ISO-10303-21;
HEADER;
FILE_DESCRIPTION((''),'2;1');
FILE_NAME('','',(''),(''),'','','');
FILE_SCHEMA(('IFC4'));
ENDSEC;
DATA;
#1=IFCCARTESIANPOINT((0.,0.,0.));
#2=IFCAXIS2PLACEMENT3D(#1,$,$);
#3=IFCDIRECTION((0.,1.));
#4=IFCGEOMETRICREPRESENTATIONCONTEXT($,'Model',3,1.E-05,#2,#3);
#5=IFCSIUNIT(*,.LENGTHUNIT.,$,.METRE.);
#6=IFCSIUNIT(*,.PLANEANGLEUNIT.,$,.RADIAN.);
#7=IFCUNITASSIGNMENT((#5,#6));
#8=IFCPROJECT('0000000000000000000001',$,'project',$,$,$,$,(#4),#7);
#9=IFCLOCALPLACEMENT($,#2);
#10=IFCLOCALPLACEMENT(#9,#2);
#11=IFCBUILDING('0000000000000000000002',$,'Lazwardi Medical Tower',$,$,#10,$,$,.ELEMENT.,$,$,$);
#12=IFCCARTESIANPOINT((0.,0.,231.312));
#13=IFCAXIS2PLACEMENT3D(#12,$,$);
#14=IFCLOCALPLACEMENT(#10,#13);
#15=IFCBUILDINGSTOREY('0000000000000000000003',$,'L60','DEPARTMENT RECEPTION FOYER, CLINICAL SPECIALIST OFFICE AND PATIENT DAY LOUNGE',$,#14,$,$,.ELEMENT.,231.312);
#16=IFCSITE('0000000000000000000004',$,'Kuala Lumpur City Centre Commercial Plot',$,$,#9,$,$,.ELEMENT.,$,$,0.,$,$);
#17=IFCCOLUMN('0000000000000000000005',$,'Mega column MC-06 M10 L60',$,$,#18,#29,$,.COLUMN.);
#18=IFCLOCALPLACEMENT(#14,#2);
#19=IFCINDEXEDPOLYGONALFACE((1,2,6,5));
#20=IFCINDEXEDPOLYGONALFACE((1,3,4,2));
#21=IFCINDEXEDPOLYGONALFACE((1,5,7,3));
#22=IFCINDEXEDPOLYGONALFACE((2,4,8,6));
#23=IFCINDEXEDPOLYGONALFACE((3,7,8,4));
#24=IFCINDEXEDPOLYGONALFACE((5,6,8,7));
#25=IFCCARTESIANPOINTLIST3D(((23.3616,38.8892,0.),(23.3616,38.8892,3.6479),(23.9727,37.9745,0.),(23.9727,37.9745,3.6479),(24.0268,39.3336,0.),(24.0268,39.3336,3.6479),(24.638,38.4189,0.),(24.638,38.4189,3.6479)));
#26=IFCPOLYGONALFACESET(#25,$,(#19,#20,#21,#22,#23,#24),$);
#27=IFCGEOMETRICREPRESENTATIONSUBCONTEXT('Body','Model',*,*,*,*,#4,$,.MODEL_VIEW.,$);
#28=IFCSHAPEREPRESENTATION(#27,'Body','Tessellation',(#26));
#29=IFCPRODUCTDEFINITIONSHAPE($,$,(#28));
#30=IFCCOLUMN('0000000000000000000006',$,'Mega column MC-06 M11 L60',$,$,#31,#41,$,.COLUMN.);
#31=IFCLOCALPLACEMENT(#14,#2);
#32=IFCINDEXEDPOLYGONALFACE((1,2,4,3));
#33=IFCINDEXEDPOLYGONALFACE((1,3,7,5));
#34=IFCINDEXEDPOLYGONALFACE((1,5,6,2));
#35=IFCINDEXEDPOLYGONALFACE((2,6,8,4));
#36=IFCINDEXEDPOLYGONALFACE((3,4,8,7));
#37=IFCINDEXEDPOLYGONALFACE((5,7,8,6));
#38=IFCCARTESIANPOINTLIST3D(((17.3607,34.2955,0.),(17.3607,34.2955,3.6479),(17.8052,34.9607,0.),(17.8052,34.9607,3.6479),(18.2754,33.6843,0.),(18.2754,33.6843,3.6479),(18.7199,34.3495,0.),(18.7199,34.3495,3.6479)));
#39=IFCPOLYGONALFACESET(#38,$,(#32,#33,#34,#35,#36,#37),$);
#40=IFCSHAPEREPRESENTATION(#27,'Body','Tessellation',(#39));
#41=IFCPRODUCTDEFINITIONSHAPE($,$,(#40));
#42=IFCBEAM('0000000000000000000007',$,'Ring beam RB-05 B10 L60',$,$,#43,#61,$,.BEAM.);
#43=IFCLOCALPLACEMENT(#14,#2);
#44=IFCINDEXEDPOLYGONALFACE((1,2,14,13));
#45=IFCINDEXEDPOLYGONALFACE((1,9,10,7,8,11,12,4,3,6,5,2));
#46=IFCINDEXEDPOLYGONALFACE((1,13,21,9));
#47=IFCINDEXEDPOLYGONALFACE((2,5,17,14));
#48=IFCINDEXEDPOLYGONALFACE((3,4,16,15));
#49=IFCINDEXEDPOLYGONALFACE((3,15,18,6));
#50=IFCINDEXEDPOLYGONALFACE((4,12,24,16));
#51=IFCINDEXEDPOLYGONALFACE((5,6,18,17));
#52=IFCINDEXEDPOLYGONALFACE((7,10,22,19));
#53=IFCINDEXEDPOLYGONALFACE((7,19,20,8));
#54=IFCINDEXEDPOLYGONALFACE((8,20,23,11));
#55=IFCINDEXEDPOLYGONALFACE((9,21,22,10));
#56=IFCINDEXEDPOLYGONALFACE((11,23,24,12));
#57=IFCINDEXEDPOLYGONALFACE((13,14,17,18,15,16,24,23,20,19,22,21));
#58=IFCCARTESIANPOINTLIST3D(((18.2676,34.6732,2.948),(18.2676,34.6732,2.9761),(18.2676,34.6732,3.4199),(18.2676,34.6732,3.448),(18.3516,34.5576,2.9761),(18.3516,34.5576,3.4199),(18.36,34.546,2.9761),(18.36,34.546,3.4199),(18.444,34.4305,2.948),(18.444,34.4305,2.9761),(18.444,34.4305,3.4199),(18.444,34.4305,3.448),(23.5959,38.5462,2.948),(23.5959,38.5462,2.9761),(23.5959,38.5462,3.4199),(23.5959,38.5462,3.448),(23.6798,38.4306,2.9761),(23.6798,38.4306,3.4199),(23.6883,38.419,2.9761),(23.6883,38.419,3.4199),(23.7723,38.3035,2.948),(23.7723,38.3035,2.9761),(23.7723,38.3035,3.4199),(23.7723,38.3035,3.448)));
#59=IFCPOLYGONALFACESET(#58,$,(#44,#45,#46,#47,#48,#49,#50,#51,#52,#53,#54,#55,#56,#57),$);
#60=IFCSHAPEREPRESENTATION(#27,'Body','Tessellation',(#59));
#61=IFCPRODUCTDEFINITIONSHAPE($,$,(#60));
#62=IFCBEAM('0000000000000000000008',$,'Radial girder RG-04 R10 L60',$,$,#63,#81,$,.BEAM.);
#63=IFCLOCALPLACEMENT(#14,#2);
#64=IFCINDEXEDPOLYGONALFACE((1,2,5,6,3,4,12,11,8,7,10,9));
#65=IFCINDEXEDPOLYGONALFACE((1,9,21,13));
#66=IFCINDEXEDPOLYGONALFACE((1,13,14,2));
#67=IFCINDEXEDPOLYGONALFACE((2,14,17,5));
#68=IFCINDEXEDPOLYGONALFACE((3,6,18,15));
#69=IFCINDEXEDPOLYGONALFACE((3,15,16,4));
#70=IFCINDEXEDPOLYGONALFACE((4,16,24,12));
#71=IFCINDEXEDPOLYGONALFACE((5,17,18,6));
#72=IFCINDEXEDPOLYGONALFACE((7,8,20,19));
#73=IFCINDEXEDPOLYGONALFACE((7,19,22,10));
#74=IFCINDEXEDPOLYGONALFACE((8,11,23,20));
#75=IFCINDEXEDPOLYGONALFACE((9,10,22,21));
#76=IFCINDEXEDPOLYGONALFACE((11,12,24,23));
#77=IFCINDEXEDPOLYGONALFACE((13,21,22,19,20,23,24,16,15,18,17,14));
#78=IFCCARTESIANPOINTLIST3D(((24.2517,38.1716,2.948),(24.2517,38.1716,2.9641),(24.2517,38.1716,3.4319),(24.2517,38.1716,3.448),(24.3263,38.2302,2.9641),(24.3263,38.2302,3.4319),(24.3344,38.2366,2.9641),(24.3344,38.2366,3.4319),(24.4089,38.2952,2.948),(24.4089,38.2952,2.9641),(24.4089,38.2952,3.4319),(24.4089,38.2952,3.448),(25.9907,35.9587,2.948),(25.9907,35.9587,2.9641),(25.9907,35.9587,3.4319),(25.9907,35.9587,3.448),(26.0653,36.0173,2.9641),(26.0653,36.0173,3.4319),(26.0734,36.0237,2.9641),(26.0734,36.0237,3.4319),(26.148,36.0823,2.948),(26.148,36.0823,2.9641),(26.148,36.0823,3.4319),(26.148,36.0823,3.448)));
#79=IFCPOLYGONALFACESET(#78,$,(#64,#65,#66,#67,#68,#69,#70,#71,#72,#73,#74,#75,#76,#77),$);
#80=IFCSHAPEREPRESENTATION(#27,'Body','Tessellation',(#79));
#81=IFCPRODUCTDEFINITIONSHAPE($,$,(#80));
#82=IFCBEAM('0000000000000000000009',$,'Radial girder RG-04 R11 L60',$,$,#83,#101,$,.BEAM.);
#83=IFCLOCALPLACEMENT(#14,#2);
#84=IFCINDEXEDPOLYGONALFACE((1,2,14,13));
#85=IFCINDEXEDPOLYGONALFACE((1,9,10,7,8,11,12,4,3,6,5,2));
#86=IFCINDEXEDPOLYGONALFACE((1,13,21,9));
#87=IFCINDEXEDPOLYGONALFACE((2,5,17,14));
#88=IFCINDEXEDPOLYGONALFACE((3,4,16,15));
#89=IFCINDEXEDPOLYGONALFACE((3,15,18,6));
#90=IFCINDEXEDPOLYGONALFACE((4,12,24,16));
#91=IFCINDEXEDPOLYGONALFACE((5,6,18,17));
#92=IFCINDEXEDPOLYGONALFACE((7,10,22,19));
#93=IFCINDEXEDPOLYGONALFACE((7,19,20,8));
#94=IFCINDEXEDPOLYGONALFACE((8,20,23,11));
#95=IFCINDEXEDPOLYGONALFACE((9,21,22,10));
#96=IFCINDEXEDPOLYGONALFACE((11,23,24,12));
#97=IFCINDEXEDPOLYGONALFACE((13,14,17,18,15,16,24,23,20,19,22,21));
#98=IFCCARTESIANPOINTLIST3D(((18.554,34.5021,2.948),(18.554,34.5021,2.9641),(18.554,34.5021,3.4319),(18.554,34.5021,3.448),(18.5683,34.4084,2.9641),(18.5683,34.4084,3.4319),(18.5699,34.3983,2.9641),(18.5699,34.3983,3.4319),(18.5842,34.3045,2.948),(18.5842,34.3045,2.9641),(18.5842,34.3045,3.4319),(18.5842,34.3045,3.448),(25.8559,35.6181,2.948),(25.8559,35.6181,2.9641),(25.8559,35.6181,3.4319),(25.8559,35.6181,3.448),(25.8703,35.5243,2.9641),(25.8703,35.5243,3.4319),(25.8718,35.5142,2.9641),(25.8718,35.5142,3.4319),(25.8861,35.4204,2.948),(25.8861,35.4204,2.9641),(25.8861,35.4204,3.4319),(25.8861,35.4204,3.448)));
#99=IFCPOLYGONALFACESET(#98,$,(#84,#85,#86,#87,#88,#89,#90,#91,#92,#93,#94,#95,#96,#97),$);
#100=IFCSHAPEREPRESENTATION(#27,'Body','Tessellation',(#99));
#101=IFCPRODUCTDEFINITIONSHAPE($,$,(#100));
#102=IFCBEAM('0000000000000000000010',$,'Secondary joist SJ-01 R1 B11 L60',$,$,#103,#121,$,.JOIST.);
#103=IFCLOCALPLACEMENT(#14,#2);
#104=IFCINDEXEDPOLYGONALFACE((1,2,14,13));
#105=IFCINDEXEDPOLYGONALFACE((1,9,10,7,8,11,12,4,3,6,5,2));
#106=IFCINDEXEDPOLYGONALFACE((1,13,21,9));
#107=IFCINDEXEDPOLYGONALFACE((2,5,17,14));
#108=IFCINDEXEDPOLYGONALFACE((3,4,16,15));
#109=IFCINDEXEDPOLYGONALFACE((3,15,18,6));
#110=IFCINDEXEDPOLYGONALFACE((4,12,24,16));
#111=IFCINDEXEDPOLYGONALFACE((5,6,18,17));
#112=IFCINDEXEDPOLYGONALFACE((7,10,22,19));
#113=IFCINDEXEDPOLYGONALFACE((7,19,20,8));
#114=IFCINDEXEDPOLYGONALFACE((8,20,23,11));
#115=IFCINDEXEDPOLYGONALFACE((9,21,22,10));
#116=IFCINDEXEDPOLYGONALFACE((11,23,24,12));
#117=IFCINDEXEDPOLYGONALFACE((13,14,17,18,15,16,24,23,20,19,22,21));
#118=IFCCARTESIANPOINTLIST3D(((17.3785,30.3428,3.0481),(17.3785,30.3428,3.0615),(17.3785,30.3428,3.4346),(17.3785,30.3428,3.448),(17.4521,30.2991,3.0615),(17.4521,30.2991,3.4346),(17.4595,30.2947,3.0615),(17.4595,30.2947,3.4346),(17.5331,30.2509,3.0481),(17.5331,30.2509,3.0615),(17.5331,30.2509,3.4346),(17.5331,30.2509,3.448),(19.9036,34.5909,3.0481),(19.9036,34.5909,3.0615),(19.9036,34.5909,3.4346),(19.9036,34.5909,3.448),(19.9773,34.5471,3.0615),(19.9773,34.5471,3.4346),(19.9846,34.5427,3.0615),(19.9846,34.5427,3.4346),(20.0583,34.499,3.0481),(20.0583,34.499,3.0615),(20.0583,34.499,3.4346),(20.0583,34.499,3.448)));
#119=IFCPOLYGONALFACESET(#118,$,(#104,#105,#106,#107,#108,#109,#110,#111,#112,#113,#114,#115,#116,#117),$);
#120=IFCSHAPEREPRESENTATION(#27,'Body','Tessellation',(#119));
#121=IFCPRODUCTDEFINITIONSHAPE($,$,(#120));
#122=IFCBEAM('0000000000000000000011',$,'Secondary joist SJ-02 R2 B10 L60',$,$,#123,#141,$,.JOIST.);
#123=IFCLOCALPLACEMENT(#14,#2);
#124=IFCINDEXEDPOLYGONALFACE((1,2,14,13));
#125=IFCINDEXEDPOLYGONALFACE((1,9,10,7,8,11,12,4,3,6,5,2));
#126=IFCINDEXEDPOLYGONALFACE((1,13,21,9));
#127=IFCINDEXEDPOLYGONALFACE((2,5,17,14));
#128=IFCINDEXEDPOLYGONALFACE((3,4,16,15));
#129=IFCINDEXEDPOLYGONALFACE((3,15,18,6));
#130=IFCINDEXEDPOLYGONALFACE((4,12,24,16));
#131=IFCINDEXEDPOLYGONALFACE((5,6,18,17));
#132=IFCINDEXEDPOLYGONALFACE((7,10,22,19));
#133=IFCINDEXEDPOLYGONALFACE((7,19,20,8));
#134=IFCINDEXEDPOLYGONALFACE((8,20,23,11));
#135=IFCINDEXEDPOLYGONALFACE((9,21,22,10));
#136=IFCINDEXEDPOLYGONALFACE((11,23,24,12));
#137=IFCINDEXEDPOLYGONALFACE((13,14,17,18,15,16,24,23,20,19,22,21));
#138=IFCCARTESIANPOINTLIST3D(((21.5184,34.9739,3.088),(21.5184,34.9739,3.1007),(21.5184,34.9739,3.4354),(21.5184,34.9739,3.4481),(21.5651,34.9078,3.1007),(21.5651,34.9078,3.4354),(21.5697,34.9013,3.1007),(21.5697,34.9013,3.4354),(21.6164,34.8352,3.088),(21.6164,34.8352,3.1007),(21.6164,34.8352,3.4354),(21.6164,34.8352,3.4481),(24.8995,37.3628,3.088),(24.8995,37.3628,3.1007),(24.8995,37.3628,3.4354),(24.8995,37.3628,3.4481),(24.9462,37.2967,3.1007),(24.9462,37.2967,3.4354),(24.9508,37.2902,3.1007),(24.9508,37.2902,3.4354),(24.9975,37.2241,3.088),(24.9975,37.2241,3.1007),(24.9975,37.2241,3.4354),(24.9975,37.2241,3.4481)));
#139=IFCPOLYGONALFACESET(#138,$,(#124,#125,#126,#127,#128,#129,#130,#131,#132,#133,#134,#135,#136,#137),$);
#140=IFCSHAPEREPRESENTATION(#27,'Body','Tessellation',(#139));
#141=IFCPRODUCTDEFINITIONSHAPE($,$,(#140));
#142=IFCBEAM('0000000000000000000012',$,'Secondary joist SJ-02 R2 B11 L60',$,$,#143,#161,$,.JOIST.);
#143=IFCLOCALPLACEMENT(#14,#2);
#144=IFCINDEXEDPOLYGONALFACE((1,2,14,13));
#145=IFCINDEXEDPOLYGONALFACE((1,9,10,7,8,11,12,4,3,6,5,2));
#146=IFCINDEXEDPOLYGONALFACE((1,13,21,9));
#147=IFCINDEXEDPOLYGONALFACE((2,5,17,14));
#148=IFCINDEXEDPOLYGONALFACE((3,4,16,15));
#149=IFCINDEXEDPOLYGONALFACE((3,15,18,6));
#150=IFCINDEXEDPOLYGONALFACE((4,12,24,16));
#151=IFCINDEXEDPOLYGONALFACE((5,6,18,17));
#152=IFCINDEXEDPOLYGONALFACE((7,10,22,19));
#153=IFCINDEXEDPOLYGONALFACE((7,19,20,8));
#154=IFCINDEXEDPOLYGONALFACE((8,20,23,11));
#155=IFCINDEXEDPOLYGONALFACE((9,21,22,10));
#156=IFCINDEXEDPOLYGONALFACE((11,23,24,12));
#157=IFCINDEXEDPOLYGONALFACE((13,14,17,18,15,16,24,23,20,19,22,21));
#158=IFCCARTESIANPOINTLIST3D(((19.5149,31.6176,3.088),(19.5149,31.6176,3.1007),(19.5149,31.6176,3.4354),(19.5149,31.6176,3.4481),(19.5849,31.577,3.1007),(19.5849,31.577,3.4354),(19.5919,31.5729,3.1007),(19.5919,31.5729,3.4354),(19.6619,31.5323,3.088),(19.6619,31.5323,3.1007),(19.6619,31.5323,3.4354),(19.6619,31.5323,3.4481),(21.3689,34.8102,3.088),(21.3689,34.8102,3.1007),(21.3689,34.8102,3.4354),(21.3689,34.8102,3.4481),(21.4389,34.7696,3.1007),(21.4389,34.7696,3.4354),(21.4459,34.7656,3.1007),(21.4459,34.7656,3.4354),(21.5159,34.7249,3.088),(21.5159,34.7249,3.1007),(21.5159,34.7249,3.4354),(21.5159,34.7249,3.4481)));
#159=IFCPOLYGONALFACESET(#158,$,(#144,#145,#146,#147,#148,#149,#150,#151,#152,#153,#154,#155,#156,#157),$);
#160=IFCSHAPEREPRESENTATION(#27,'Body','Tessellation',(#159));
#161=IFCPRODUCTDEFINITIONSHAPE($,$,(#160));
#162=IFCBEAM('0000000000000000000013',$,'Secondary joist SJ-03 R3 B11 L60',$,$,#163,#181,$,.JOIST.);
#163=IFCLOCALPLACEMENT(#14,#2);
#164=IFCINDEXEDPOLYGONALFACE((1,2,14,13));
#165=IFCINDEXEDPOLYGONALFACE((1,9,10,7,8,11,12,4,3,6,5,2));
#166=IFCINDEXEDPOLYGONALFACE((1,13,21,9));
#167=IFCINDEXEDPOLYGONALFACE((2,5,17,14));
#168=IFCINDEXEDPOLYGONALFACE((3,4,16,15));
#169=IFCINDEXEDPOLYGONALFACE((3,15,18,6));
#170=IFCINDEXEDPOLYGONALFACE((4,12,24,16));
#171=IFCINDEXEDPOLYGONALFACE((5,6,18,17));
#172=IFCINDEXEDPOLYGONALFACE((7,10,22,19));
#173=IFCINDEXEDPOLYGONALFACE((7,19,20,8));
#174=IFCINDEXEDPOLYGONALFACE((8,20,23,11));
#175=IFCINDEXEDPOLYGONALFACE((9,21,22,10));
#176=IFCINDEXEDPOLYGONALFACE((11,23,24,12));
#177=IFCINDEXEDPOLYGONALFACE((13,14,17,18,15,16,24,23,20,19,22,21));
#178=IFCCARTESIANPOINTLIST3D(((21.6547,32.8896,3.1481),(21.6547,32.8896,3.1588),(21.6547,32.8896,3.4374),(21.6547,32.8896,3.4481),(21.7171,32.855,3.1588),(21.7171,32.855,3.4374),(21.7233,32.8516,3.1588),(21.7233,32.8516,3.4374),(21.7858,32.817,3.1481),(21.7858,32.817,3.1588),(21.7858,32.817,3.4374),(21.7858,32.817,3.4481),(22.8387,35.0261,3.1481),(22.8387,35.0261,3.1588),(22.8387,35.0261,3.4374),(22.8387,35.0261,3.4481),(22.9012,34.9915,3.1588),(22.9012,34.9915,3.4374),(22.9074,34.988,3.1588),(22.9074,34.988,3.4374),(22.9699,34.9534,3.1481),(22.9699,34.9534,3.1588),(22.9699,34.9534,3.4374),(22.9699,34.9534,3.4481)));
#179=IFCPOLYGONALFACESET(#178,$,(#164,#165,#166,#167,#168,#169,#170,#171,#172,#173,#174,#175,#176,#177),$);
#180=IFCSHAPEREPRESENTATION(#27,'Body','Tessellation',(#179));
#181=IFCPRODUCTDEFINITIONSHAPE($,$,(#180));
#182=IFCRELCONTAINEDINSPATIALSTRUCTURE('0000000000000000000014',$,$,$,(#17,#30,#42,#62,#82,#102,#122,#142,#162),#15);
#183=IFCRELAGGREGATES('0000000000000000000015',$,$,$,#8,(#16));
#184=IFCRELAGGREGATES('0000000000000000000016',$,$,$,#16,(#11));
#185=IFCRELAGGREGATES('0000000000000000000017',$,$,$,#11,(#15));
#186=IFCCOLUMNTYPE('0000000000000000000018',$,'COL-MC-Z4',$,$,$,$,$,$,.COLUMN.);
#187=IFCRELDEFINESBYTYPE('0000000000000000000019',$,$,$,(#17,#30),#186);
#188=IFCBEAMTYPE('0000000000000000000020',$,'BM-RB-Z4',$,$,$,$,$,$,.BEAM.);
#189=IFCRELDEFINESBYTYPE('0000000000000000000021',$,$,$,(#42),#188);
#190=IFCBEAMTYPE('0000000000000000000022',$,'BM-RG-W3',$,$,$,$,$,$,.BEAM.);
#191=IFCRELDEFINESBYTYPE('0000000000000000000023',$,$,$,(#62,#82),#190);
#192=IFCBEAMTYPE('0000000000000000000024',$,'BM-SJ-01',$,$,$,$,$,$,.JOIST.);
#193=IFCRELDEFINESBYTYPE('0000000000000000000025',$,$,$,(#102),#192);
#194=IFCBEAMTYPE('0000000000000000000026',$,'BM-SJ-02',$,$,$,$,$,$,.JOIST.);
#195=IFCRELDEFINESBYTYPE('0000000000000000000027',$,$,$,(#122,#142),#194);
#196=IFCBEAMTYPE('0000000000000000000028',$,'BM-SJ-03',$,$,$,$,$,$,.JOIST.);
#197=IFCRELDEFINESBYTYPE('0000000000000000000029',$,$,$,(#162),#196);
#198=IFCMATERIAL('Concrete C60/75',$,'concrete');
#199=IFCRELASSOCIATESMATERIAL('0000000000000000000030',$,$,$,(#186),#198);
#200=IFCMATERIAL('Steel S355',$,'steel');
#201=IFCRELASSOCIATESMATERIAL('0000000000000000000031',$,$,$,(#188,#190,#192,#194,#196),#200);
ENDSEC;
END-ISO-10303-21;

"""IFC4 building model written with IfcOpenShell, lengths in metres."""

from ifc_helpers import new_model, si_unit, direction, frame, origin, origin_2d, place, context, subcontext, project, spatial, rectangle, i_section, extrude, material, material_profile, profile_set, type_object, element, save


model = new_model("IFC4")

# Units and contexts
model_context = context("Model", 3, precision=1e-05, world=origin(), true_north=direction((0.0, 1.0)))
body_context = subcontext(model_context, "Body", "Model", "MODEL_VIEW")
ifc_project = project(units=[si_unit("LENGTHUNIT", "METRE"), si_unit("PLANEANGLEUNIT", "RADIAN")], contexts=[model_context])

# Site, building, storey
site_placement = place(None, origin())
site = spatial("IfcSite", under=ifc_project, at=site_placement, Name="Kuala Lumpur City Centre Commercial Plot", CompositionType="ELEMENT", RefElevation=0.0)
building_placement = place(site_placement, origin())
building = spatial("IfcBuilding", under=site, at=building_placement, Name="Lazwardi Medical Tower", CompositionType="ELEMENT")
storey_placement = place(building_placement, frame((0.0, 0.0, 231.312)))
storey = spatial("IfcBuildingStorey", under=building, at=storey_placement, Name="L60", Description="DEPARTMENT RECEPTION FOYER, CLINICAL SPECIALIST OFFICE AND PATIENT DAY LOUNGE", CompositionType="ELEMENT", Elevation=231.312)

# Columns
ifc_material_1 = material(Name="Concrete C60/75", Category="concrete")
ifc_material_profile_1 = material_profile(ifc_material_1, rectangle(XDim=1.1001, YDim=0.8, at=origin_2d()), Name="CFT-RECT 1100x800")
ifc_profile_set_1 = profile_set([ifc_material_profile_1], Name="Concrete C60/75")
column_type = type_object("IfcColumnType", Name="COL-MC-Z4", PredefinedType="COLUMN", material=ifc_profile_set_1)
for number, where, z_axis, x_axis, name in (
    (1, (23.9998, 38.6541, 0.0), (0.0, 0.0, 1.0), (-0.55557, 0.83147, 0.0), "Mega column MC-06 M10 L60"),
    (2, (18.0403, 34.3225, 0.0), (0.0, 0.0, 1.0), (-0.83147, 0.55557, 0.0), "Mega column MC-06 M11 L60"),
):
    element("IfcColumn", number, at=place(storey_placement, frame(where, z_axis=z_axis, x_axis=x_axis)), inside=storey, type_object=column_type, Name=name, PredefinedType="COLUMN", context=body_context, shape_type="SweptSolid", body=[
        extrude(rectangle(XDim=1.1001, YDim=0.8, at=origin_2d()), origin(), (0.0, 0.0, 1.0), 3.6479),
    ])

# Beams
ifc_material_2 = material(Name="Steel S355", Category="steel")
ifc_material_profile_2 = material_profile(ifc_material_2, i_section(OverallWidth=0.3, OverallDepth=0.5, WebThickness=0.0144, FlangeThickness=0.0281, at=origin_2d()), Name="HEB 500")
ifc_profile_set_2 = profile_set([ifc_material_profile_2], Name="Steel S355")
beam_type_1 = type_object("IfcBeamType", Name="BM-RB-Z4", PredefinedType="BEAM", material=ifc_profile_set_2)
beam_1_placement = place(storey_placement, frame((23.6841, 38.4248, 3.198), z_axis=(-0.80889, -0.58796, 0.0), x_axis=(0.58796, -0.80889, 0.0)))
element("IfcBeam", 3, at=beam_1_placement, inside=storey, type_object=beam_type_1, Name="Ring beam RB-05 B10 L60", PredefinedType="BEAM", context=body_context, shape_type="SweptSolid", body=[
    extrude(i_section(OverallWidth=0.3, OverallDepth=0.5, WebThickness=0.0144, FlangeThickness=0.0281, at=origin_2d()), origin(), (0.0, 0.0, 1.0), 6.5872),
])
ifc_material_profile_3 = material_profile(ifc_material_2, i_section(OverallWidth=0.2, OverallDepth=0.5, WebThickness=0.0103, FlangeThickness=0.0161, at=origin_2d()), Name="IPE 500")
ifc_profile_set_3 = profile_set([ifc_material_profile_3], Name="Steel S355")
beam_type_2 = type_object("IfcBeamType", Name="BM-RG-W3", PredefinedType="BEAM", material=ifc_profile_set_3)
beam_2_placement = place(storey_placement, frame((24.3303, 38.2334, 3.198), z_axis=(0.617891, -0.786264, 0.0), x_axis=(0.786264, 0.617891, 0.0)))
element("IfcBeam", 4, at=beam_2_placement, inside=storey, type_object=beam_type_2, Name="Radial girder RG-04 R10 L60", PredefinedType="BEAM", context=body_context, shape_type="SweptSolid", body=[
    extrude(i_section(OverallWidth=0.2, OverallDepth=0.5, WebThickness=0.0103, FlangeThickness=0.0161, at=origin_2d()), origin(), (0.0, 0.0, 1.0), 2.8145),
])
beam_3_placement = place(storey_placement, frame((18.5691, 34.4033, 3.198), z_axis=(0.988522, 0.151076, 0.0), x_axis=(-0.151076, 0.988522, 0.0)))
element("IfcBeam", 5, at=beam_3_placement, inside=storey, type_object=beam_type_2, Name="Radial girder RG-04 R11 L60", PredefinedType="BEAM", context=body_context, shape_type="SweptSolid", body=[
    extrude(i_section(OverallWidth=0.2, OverallDepth=0.5, WebThickness=0.0103, FlangeThickness=0.0161, at=origin_2d()), origin(), (0.0, 0.0, 1.0), 7.3867),
])
ifc_material_profile_4 = material_profile(ifc_material_2, i_section(OverallWidth=0.1799, OverallDepth=0.3999, WebThickness=0.0085, FlangeThickness=0.0134, at=origin_2d()), Name="IPE 400")
ifc_profile_set_4 = profile_set([ifc_material_profile_4], Name="Steel S355")
beam_type_3 = type_object("IfcBeamType", Name="BM-SJ-01", PredefinedType="JOIST", material=ifc_profile_set_4)
beam_4_placement = place(storey_placement, frame((19.981, 34.5449, 3.248), z_axis=(-0.510968, -0.8596, 0.0), x_axis=(0.8596, -0.510968, 0.0)))
element("IfcBeam", 6, at=beam_4_placement, inside=storey, type_object=beam_type_3, Name="Secondary joist SJ-01 R1 B11 L60", PredefinedType="JOIST", context=body_context, shape_type="SweptSolid", body=[
    extrude(i_section(OverallWidth=0.1799, OverallDepth=0.3999, WebThickness=0.0085, FlangeThickness=0.0134, at=origin_2d()), origin(), (0.0, 0.0, 1.0), 4.9419),
])
ifc_material_profile_5 = material_profile(ifc_material_2, i_section(OverallWidth=0.1699, OverallDepth=0.3601, WebThickness=0.0081, FlangeThickness=0.0127, at=origin_2d()), Name="IPE 360")
ifc_profile_set_5 = profile_set([ifc_material_profile_5], Name="Steel S355")
beam_type_4 = type_object("IfcBeamType", Name="BM-SJ-02", PredefinedType="JOIST", material=ifc_profile_set_5)
beam_5_placement = place(storey_placement, frame((24.9485, 37.2935, 3.2681), z_axis=(-0.816711, -0.577047, 0.0), x_axis=(0.577047, -0.816711, 0.0)))
element("IfcBeam", 7, at=beam_5_placement, inside=storey, type_object=beam_type_4, Name="Secondary joist SJ-02 R2 B10 L60", PredefinedType="JOIST", context=body_context, shape_type="SweptSolid", body=[
    extrude(i_section(OverallWidth=0.1699, OverallDepth=0.3601, WebThickness=0.0081, FlangeThickness=0.0127, at=origin_2d()), origin(), (0.0, 0.0, 1.0), 4.1399),
])
beam_6_placement = place(storey_placement, frame((21.4424, 34.7676, 3.2681), z_axis=(-0.50218, -0.864763, 0.0), x_axis=(0.864763, -0.50218, 0.0)))
element("IfcBeam", 8, at=beam_6_placement, inside=storey, type_object=beam_type_4, Name="Secondary joist SJ-02 R2 B11 L60", PredefinedType="JOIST", context=body_context, shape_type="SweptSolid", body=[
    extrude(i_section(OverallWidth=0.1699, OverallDepth=0.3601, WebThickness=0.0081, FlangeThickness=0.0127, at=origin_2d()), origin(), (0.0, 0.0, 1.0), 3.6919),
])
ifc_material_profile_6 = material_profile(ifc_material_2, i_section(OverallWidth=0.1499, OverallDepth=0.3, WebThickness=0.0071, FlangeThickness=0.0107, at=origin_2d()), Name="IPE 300")
ifc_profile_set_6 = profile_set([ifc_material_profile_6], Name="Steel S355")
beam_type_5 = type_object("IfcBeamType", Name="BM-SJ-03", PredefinedType="JOIST", material=ifc_profile_set_6)
beam_7_placement = place(storey_placement, frame((22.9043, 34.9897, 3.2981), z_axis=(-0.484752, -0.874652, 0.0), x_axis=(0.874652, -0.484752, 0.0)))
element("IfcBeam", 9, at=beam_7_placement, inside=storey, type_object=beam_type_5, Name="Secondary joist SJ-03 R3 B11 L60", PredefinedType="JOIST", context=body_context, shape_type="SweptSolid", body=[
    extrude(i_section(OverallWidth=0.1499, OverallDepth=0.3, WebThickness=0.0071, FlangeThickness=0.0107, at=origin_2d()), origin(), (0.0, 0.0, 1.0), 2.4426),
])

save(model, "model.ifc")
